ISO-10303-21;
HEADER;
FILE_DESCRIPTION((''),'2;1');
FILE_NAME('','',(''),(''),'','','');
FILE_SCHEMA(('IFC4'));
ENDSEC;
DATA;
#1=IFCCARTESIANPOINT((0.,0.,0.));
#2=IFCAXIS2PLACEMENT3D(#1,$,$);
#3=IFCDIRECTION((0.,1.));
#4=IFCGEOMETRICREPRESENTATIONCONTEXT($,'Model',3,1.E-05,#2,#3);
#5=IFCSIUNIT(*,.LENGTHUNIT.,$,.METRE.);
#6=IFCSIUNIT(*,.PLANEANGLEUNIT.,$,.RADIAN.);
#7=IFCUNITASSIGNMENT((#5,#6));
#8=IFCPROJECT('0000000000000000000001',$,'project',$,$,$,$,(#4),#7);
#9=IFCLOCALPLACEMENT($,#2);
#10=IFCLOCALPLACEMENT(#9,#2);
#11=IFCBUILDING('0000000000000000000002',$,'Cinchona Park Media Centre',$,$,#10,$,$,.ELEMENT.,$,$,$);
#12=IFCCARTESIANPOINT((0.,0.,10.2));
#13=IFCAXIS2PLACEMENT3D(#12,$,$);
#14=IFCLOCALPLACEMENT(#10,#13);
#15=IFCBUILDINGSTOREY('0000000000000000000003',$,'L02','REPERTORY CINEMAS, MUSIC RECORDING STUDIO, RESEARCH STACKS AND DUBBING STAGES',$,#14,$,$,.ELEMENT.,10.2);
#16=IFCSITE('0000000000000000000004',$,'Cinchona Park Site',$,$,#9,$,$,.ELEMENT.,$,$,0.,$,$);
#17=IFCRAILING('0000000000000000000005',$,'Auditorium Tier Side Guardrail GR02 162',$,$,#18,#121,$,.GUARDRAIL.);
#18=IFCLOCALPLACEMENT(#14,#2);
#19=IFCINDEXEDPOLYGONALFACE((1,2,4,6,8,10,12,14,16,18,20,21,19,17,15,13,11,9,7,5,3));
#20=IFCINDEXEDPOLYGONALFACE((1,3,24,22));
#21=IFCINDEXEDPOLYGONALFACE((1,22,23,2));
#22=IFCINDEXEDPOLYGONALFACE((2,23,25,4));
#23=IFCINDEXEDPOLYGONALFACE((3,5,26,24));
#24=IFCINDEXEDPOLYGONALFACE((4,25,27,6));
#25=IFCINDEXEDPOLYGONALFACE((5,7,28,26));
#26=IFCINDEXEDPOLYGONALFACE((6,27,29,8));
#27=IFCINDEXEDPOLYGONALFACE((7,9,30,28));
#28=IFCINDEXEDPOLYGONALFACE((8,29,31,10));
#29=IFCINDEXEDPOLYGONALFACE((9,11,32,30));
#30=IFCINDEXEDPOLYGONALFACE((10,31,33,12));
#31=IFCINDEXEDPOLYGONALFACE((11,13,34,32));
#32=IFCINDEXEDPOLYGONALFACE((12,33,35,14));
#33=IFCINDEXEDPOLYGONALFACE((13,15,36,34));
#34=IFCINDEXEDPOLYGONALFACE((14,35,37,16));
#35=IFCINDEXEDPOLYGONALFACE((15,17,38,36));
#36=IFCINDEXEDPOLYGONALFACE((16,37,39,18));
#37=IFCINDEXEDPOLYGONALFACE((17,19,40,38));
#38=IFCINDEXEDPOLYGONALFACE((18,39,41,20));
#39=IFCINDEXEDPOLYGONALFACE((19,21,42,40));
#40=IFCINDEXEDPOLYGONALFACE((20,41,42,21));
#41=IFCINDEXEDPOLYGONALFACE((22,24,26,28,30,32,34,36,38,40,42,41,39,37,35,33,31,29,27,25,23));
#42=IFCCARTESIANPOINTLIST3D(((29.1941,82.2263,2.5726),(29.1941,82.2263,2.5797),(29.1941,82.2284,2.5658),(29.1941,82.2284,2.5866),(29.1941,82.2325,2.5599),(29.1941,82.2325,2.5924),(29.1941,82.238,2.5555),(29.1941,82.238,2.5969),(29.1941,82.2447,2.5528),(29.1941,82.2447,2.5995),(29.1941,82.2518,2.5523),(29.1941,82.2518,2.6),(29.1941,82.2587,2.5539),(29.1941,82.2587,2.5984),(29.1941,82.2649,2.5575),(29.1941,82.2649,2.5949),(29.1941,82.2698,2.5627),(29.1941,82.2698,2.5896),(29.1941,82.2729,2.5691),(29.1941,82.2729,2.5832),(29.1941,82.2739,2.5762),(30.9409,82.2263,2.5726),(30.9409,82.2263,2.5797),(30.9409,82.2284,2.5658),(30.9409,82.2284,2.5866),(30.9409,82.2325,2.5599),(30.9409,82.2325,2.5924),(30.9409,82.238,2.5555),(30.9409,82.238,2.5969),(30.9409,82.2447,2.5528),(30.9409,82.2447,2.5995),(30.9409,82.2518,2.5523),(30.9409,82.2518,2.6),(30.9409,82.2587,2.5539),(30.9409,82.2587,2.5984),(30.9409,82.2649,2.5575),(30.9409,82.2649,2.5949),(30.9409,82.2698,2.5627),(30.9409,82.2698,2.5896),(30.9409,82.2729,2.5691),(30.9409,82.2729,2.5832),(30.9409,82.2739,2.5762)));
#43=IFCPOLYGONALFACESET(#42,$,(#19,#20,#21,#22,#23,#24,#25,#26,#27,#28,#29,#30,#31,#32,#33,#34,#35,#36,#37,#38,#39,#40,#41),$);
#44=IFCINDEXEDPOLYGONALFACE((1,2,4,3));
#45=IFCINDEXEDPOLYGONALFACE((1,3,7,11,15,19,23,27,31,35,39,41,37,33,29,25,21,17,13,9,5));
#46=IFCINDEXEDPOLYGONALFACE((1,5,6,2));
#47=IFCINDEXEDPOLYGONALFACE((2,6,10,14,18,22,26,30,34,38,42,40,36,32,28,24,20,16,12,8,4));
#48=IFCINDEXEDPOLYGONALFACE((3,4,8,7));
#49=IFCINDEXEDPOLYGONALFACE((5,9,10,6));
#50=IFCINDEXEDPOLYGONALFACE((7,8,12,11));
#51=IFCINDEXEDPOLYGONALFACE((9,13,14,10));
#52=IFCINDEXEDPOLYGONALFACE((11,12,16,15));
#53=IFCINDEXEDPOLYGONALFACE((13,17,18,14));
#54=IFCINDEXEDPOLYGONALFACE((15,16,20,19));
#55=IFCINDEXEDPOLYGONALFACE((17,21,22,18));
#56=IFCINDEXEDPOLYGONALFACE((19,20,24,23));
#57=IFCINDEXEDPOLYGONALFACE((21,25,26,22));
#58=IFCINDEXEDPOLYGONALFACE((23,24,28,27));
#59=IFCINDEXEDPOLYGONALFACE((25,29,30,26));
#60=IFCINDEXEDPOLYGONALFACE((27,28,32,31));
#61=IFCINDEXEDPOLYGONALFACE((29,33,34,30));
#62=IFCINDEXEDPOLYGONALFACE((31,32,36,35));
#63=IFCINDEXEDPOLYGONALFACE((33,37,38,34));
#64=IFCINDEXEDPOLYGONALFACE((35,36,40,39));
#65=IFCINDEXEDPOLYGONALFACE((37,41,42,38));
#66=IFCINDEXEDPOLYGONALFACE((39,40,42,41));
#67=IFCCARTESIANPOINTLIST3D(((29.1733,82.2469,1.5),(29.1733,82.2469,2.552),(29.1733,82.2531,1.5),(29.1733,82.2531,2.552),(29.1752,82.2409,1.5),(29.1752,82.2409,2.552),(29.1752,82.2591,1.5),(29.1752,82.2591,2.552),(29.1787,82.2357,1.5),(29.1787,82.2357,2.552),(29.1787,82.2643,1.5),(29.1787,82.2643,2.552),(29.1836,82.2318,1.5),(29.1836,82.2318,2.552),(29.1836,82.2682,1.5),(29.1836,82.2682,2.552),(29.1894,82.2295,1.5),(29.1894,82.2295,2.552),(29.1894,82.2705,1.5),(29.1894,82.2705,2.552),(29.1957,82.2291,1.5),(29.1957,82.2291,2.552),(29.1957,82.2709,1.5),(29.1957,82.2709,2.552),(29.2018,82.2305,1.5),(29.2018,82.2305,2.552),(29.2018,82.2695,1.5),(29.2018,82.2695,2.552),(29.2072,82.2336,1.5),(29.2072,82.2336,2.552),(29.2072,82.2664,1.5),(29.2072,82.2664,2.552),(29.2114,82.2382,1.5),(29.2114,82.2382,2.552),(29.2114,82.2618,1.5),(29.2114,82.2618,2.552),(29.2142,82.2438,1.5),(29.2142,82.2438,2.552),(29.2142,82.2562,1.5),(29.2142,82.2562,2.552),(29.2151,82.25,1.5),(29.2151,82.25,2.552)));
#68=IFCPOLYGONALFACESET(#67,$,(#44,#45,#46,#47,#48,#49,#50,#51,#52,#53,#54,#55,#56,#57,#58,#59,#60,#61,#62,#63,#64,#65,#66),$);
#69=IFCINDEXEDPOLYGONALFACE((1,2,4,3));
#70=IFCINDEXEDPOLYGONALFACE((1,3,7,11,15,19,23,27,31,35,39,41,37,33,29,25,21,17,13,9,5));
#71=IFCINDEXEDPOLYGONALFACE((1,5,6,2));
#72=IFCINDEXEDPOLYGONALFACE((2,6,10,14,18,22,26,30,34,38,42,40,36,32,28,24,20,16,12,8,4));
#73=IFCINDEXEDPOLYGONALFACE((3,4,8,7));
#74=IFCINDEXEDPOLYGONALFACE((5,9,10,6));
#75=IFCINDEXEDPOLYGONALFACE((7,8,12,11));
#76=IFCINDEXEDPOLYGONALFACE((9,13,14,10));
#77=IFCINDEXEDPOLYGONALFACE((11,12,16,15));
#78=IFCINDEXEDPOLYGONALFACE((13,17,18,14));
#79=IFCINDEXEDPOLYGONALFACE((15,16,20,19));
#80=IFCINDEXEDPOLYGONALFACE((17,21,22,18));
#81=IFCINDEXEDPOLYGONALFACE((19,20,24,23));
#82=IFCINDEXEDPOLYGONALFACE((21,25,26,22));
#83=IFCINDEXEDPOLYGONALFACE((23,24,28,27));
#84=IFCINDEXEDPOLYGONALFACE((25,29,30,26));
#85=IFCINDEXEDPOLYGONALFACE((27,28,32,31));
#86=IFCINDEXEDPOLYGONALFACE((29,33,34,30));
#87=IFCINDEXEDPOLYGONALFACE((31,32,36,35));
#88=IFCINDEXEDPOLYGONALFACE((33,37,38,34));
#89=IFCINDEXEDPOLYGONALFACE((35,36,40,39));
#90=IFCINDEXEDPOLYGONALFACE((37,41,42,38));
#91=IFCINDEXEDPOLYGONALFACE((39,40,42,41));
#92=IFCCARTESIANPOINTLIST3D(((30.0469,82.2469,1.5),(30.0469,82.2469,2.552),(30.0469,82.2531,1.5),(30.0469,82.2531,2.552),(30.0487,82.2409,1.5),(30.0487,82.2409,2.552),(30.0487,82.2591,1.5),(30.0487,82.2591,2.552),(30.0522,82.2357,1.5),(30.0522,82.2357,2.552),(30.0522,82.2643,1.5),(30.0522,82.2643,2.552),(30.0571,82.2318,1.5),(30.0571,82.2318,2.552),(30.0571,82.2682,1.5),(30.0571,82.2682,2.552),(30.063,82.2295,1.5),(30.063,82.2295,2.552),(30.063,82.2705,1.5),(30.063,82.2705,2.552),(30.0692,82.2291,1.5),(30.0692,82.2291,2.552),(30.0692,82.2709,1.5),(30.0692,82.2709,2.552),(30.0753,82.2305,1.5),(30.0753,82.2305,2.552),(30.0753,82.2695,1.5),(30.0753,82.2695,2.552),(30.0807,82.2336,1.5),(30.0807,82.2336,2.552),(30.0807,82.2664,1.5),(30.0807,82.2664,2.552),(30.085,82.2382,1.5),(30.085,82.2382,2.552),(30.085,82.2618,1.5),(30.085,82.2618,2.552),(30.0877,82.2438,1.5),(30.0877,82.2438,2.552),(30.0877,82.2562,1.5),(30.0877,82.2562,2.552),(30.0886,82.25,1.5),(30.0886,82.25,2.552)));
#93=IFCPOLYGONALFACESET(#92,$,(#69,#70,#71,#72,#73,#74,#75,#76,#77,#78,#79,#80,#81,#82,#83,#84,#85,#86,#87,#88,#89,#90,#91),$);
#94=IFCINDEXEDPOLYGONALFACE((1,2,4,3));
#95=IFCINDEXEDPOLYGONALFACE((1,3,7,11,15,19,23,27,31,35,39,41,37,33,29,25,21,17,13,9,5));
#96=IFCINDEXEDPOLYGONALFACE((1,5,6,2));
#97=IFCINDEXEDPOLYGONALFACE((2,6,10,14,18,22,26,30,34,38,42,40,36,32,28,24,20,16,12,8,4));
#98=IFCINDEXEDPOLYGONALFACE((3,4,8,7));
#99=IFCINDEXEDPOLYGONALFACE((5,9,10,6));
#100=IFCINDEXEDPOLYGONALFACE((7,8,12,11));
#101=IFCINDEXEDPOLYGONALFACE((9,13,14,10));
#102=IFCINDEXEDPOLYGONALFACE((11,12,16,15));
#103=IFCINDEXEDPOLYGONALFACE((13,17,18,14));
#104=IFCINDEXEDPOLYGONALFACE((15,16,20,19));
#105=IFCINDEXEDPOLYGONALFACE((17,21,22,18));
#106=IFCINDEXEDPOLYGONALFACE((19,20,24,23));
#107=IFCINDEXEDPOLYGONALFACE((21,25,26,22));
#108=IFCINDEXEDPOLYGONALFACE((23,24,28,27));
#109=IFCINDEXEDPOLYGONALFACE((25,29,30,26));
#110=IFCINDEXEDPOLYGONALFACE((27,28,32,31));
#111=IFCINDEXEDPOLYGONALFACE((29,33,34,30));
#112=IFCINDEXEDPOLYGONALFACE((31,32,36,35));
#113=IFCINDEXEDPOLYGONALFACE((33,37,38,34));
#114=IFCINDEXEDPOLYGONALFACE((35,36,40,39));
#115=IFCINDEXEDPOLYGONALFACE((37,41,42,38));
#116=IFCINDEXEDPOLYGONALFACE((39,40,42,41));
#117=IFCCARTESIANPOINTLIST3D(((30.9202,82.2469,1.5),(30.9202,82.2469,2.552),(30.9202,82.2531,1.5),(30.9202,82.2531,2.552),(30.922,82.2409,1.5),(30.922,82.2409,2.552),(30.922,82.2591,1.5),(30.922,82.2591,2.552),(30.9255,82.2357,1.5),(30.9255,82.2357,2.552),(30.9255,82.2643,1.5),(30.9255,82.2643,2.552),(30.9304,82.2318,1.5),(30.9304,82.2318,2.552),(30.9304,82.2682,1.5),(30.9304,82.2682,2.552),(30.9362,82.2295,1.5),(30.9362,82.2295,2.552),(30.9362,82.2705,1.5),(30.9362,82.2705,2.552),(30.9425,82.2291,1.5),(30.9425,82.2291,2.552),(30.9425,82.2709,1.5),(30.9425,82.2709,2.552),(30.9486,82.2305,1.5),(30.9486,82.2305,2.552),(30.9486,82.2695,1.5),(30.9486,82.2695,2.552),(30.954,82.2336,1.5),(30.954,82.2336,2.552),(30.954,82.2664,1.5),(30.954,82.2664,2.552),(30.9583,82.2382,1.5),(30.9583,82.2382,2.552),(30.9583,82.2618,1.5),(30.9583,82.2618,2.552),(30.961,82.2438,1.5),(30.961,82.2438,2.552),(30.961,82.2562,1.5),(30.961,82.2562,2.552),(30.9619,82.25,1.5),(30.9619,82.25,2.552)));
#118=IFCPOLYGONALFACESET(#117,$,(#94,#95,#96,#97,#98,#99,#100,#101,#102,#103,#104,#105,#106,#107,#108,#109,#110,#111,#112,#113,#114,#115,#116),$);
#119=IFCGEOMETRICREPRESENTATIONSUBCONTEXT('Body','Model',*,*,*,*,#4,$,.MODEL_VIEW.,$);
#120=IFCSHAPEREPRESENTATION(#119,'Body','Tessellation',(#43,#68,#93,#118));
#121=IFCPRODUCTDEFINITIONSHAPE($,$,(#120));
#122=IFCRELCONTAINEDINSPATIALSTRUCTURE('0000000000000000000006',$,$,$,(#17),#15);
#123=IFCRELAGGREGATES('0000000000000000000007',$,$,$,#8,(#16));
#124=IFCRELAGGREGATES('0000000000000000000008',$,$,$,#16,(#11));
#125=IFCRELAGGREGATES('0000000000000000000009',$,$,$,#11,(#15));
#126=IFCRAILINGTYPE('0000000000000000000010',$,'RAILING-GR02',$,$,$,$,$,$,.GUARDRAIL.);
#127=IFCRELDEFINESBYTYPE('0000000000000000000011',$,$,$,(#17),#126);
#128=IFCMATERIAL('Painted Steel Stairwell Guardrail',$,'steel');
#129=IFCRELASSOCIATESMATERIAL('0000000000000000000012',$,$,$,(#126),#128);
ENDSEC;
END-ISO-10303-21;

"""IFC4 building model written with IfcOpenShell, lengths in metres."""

from ifc_helpers import new_model, si_unit, direction, frame, origin, origin_2d, place, context, subcontext, project, spatial, circle, extrude, material, type_object, element, save


model = new_model("IFC4")

# Units and contexts
model_context = context("Model", 3, precision=1e-05, world=origin(), true_north=direction((0.0, 1.0)))
body_context = subcontext(model_context, "Body", "Model", "MODEL_VIEW")
ifc_project = project(units=[si_unit("LENGTHUNIT", "METRE"), si_unit("PLANEANGLEUNIT", "RADIAN")], contexts=[model_context])

# Site, building, storey
site_placement = place(None, origin())
site = spatial("IfcSite", under=ifc_project, at=site_placement, Name="Cinchona Park Site", CompositionType="ELEMENT", RefElevation=0.0)
building_placement = place(site_placement, origin())
building = spatial("IfcBuilding", under=site, at=building_placement, Name="Cinchona Park Media Centre", CompositionType="ELEMENT")
storey_placement = place(building_placement, frame((0.0, 0.0, 10.2)))
storey = spatial("IfcBuildingStorey", under=building, at=storey_placement, Name="L02", Description="REPERTORY CINEMAS, MUSIC RECORDING STUDIO, RESEARCH STACKS AND DUBBING STAGES", CompositionType="ELEMENT", Elevation=10.2)

# Railing
ifc_material_1 = material(Name="Painted Steel Stairwell Guardrail", Category="steel")
railing_type = type_object("IfcRailingType", Name="RAILING-GR02", PredefinedType="GUARDRAIL", material=ifc_material_1)
railing_1_placement = place(storey_placement, frame((29.1941, 82.25, 1.5)))
element("IfcRailing", 1, at=railing_1_placement, inside=storey, type_object=railing_type, Name="Auditorium Tier Side Guardrail GR02 162", PredefinedType="GUARDRAIL", context=body_context, shape_type="SweptSolid", body=[
    extrude(circle(Radius=0.0239, at=origin_2d()), frame((0.0, 0.0, 1.0762), z_axis=(1.0, 0.0, 0.0), x_axis=(0.0, 1.0, 0.0)), (0.0, 0.0, 1.0), 1.7468),
    extrude(circle(Radius=0.021, at=origin_2d()), origin(), (0.0, 0.0, 1.0), 1.052),
    extrude(circle(Radius=0.021, at=origin_2d()), frame((0.8735, 0.0, 0.0)), (0.0, 0.0, 1.0), 1.052),
    extrude(circle(Radius=0.021, at=origin_2d()), frame((1.7468, 0.0, 0.0)), (0.0, 0.0, 1.0), 1.052),
])

save(model, "model.ifc")
